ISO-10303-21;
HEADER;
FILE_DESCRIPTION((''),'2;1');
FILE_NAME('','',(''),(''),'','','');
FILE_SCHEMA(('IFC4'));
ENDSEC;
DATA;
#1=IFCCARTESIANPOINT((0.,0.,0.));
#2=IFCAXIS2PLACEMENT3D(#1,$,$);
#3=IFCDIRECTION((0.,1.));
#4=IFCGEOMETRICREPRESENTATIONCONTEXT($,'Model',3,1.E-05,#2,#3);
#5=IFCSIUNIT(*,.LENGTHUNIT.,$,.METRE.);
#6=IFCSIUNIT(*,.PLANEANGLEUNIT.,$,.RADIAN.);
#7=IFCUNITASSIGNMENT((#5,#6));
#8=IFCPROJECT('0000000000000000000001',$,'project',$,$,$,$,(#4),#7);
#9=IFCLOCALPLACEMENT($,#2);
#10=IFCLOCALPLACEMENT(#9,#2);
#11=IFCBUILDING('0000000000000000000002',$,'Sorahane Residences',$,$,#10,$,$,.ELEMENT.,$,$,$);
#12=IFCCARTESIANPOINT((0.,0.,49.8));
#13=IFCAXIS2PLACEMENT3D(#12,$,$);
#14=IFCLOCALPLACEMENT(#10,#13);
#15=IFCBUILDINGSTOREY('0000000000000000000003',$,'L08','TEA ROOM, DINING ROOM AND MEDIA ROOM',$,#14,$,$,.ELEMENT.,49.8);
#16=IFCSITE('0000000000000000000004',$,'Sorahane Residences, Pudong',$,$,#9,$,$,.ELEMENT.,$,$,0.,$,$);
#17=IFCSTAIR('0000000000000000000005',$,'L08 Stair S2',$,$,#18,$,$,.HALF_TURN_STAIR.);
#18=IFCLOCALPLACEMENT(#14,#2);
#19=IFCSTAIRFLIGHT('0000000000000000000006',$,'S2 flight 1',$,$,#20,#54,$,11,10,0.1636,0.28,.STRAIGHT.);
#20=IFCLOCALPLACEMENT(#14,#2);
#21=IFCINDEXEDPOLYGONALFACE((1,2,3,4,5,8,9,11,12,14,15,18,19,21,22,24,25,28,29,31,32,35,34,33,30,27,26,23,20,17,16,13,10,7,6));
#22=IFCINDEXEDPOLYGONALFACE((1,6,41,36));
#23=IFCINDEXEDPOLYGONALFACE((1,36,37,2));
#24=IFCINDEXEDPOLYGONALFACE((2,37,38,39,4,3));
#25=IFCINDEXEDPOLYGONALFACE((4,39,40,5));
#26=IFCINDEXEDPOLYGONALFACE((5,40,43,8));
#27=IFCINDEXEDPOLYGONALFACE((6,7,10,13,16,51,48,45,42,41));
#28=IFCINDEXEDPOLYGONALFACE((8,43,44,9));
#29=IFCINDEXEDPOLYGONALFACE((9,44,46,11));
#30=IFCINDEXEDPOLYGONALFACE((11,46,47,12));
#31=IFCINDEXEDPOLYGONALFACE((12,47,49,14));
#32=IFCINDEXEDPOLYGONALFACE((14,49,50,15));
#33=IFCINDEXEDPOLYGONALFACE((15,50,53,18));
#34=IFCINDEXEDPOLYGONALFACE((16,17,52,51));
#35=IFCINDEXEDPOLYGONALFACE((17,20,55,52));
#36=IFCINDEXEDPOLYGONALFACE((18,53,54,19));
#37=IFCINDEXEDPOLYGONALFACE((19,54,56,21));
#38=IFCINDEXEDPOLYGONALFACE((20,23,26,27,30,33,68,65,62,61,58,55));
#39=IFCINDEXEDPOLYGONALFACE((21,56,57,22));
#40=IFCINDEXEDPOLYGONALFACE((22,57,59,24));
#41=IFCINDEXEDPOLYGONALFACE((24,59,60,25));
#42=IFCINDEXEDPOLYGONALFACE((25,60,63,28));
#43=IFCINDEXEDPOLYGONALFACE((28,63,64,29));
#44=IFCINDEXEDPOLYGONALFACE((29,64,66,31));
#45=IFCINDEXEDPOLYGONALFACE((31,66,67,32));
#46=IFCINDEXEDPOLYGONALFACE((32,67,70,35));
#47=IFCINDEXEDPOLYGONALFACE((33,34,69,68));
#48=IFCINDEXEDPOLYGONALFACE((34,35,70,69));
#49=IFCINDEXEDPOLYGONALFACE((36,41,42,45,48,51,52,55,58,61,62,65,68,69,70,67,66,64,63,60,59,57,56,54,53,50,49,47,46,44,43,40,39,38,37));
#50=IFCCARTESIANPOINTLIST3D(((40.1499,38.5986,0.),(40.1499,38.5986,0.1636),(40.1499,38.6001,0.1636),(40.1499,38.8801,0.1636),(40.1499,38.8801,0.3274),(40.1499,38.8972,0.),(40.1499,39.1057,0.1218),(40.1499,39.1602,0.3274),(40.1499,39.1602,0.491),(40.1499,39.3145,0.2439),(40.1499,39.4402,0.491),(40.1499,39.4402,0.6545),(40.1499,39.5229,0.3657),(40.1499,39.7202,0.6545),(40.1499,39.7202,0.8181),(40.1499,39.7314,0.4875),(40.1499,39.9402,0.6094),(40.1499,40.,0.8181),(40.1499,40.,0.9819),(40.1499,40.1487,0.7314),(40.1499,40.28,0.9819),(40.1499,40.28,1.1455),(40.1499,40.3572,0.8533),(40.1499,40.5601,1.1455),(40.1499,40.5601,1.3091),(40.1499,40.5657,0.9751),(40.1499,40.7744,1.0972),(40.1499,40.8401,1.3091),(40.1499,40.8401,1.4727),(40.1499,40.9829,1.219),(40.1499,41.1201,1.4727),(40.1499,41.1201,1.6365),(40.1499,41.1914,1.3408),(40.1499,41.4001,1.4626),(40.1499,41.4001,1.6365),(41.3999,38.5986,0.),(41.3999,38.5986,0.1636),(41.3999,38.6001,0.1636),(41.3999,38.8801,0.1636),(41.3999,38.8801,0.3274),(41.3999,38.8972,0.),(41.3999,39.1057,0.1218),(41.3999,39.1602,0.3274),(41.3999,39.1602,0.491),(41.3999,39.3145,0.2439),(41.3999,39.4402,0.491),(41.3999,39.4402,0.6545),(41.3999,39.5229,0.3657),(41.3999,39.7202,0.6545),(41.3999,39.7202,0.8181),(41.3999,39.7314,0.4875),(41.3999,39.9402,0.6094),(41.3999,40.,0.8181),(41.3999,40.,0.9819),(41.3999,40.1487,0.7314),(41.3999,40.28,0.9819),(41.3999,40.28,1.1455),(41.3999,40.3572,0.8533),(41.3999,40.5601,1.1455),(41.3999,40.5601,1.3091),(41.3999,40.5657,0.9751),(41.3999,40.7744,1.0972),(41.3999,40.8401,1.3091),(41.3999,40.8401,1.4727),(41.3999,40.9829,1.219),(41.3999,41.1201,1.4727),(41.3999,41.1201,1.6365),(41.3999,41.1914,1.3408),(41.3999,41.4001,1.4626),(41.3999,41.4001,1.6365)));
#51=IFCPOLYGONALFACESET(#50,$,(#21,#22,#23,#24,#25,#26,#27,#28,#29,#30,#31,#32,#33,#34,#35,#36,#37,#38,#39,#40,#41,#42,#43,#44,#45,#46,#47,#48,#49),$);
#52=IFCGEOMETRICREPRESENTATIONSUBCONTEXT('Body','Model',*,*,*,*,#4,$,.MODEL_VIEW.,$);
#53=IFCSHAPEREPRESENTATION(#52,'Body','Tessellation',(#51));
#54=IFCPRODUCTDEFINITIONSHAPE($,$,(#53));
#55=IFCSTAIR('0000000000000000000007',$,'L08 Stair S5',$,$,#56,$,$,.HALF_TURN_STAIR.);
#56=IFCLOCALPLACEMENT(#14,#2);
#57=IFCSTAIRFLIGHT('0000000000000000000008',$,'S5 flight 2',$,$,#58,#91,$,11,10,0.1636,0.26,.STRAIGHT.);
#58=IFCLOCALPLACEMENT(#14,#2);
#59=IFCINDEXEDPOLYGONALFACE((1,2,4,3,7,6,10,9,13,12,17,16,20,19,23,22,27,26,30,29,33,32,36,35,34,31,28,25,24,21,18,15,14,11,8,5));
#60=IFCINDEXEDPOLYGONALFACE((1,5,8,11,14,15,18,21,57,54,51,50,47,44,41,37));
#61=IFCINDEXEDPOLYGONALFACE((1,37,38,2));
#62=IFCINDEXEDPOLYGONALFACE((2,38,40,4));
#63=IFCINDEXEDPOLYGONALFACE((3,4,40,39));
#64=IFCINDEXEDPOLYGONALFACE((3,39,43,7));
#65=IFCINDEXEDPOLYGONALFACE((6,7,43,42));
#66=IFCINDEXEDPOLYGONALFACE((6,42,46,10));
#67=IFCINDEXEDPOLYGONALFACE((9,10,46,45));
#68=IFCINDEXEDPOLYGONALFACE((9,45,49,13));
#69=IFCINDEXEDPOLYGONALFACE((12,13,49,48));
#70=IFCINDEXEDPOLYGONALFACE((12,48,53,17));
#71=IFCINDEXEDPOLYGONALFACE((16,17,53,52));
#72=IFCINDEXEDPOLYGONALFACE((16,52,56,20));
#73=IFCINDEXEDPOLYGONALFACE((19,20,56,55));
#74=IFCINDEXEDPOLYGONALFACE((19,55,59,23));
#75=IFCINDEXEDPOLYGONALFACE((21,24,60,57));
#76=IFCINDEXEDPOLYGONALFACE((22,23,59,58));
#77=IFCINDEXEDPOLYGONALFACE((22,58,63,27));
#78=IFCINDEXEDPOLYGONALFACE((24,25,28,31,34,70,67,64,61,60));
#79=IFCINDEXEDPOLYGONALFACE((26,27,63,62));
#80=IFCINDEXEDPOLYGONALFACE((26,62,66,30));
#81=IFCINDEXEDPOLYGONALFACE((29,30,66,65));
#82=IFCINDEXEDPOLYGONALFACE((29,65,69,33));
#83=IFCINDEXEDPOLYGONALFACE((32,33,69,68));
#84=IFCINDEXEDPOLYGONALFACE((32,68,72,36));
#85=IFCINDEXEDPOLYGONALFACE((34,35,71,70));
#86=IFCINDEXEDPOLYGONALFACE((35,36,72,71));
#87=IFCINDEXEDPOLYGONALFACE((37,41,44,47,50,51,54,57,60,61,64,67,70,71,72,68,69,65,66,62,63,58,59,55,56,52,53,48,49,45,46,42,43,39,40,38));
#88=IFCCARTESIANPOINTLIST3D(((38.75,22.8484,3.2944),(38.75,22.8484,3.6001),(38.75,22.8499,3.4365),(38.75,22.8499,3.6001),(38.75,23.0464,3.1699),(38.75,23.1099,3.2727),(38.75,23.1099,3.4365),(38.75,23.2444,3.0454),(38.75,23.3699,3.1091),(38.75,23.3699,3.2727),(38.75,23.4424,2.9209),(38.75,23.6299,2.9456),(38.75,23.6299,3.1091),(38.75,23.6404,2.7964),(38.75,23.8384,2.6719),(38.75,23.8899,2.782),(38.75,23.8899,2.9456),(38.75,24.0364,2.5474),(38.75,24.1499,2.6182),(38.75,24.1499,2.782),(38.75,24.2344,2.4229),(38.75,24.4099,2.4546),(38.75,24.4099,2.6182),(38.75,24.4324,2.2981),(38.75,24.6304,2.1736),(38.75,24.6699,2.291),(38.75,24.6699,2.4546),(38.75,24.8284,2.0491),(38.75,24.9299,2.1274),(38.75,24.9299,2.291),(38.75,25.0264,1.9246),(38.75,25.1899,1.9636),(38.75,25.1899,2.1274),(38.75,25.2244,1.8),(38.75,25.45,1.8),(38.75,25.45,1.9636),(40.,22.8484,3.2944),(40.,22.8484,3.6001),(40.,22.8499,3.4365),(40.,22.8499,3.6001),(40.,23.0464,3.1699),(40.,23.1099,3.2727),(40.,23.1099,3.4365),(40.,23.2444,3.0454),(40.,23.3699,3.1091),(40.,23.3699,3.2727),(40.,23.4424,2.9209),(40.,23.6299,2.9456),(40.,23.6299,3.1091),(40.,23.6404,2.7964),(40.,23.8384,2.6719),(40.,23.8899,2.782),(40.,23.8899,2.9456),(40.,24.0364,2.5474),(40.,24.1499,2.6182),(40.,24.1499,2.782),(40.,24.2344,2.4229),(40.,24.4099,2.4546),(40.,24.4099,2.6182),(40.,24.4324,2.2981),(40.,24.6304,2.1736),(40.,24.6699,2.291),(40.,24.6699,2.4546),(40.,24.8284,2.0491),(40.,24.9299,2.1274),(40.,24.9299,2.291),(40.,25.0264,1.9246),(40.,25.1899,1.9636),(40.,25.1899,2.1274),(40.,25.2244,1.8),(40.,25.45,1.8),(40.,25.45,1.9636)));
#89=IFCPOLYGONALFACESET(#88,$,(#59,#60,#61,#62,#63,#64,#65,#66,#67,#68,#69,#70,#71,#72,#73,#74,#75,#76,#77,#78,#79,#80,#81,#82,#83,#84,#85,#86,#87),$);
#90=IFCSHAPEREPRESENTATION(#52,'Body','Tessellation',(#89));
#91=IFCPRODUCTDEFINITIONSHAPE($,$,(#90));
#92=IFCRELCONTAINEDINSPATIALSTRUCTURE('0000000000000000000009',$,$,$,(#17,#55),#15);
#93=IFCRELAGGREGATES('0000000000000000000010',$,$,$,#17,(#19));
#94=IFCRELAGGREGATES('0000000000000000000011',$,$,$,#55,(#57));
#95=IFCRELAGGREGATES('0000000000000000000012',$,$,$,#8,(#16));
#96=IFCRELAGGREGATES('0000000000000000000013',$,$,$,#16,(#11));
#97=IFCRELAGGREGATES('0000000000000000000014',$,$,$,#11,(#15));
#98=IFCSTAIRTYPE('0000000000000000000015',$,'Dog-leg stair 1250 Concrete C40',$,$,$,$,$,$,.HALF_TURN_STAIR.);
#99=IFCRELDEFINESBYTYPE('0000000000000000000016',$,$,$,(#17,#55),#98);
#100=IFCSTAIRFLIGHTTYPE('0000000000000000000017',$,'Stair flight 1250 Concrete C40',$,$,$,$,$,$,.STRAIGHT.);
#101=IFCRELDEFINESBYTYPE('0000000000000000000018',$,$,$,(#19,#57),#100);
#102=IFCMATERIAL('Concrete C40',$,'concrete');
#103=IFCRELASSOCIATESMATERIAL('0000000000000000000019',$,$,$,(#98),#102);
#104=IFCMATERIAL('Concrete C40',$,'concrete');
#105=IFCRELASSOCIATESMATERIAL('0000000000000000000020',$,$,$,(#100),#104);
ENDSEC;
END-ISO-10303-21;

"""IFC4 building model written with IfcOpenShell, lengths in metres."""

from ifc_helpers import new_model, si_unit, direction, frame, origin, place, context, subcontext, project, spatial, polyline, outline, extrude, material, type_object, element, aggregate, save


model = new_model("IFC4")

# Units and contexts
model_context = context("Model", 3, precision=1e-05, world=origin(), true_north=direction((0.0, 1.0)))
body_context = subcontext(model_context, "Body", "Model", "MODEL_VIEW")
ifc_project = project(units=[si_unit("LENGTHUNIT", "METRE"), si_unit("PLANEANGLEUNIT", "RADIAN")], contexts=[model_context])

# Site, building, storey
site_placement = place(None, origin())
site = spatial("IfcSite", under=ifc_project, at=site_placement, Name="Sorahane Residences, Pudong", CompositionType="ELEMENT", RefElevation=0.0)
building_placement = place(site_placement, origin())
building = spatial("IfcBuilding", under=site, at=building_placement, Name="Sorahane Residences", CompositionType="ELEMENT")
storey_placement = place(building_placement, frame((0.0, 0.0, 49.8)))
storey = spatial("IfcBuildingStorey", under=building, at=storey_placement, Name="L08", Description="TEA ROOM, DINING ROOM AND MEDIA ROOM", CompositionType="ELEMENT", Elevation=49.8)

# Stairs, stair flights
ifc_material_1 = material(Name="Concrete C40", Category="concrete")
stair_type = type_object("IfcStairType", Name="Dog-leg stair 1250 Concrete C40", PredefinedType="HALF_TURN_STAIR", material=ifc_material_1)
stair_1_placement = place(storey_placement, origin())
stair_1 = element("IfcStair", 1, at=stair_1_placement, inside=storey, type_object=stair_type, Name="L08 Stair S2", PredefinedType="HALF_TURN_STAIR")
ifc_material_2 = material(Name="Concrete C40", Category="concrete")
stair_flight_type = type_object("IfcStairFlightType", Name="Stair flight 1250 Concrete C40", PredefinedType="STRAIGHT", material=ifc_material_2)
stair_flight_1_placement = place(storey_placement, frame((40.7749, 38.6001, 0.0), z_axis=(0.0, 0.0, 1.0), x_axis=(0.0, 1.0, 0.0)))
stair_flight_1 = element("IfcStairFlight", 2, at=stair_flight_1_placement, type_object=stair_flight_type, Name="S2 flight 1", NumberOfRisers=11, NumberOfTreads=10, PredefinedType="STRAIGHT", RiserHeight=0.1636, TreadLength=0.28, context=body_context, shape_type="SweptSolid", body=[
    extrude(outline(polyline([(-0.0015, 0.0), (-0.0015, 0.1636), (0.0, 0.1636), (0.28, 0.1636), (0.28, 0.3274), (0.5601, 0.3274), (0.5601, 0.491), (0.8401, 0.491), (0.8401, 0.6545), (1.1201, 0.6545), (1.1201, 0.8181), (1.3999, 0.8181), (1.3999, 0.9819), (1.6799, 0.9819), (1.6799, 1.1455), (1.96, 1.1455), (1.96, 1.3091), (2.24, 1.3091), (2.24, 1.4727), (2.52, 1.4727), (2.52, 1.6365), (2.8, 1.6365), (2.8, 1.8), (2.8, 1.4626), (2.5913, 1.3408), (2.3828, 1.219), (2.1743, 1.0972), (1.9656, 0.9751), (1.7571, 0.8533), (1.5486, 0.7314), (1.3401, 0.6094), (1.1313, 0.4875), (0.9229, 0.3657), (0.7144, 0.2439), (0.5056, 0.1218), (0.2971, 0.0), (-0.0015, 0.0)])), frame((0.0, 0.625, 0.0), z_axis=(0.0, -1.0, 0.0), x_axis=(1.0, 0.0, 0.0)), (0.0, 0.0, 1.0), 1.25),
])
aggregate(stair_1, [stair_flight_1])
stair_2_placement = place(storey_placement, origin())
stair_2 = element("IfcStair", 3, at=stair_2_placement, inside=storey, type_object=stair_type, Name="L08 Stair S5", PredefinedType="HALF_TURN_STAIR")
stair_flight_2_placement = place(storey_placement, frame((39.375, 25.45, 1.8), z_axis=(0.0, 0.0, 1.0), x_axis=(0.0, -1.0, 0.0)))
stair_flight_2 = element("IfcStairFlight", 4, at=stair_flight_2_placement, type_object=stair_flight_type, Name="S5 flight 2", NumberOfRisers=11, NumberOfTreads=10, PredefinedType="STRAIGHT", RiserHeight=0.1636, TreadLength=0.26, context=body_context, shape_type="SweptSolid", body=[
    extrude(outline(polyline([(0.0, 0.0), (0.0, 0.1636), (0.26, 0.1636), (0.26, 0.3274), (0.52, 0.3274), (0.52, 0.491), (0.78, 0.491), (0.78, 0.6545), (1.04, 0.6545), (1.04, 0.8181), (1.3, 0.8181), (1.3, 0.9819), (1.5601, 0.9819), (1.5601, 1.1455), (1.8201, 1.1455), (1.8201, 1.3091), (2.0801, 1.3091), (2.0801, 1.4727), (2.3401, 1.4727), (2.3401, 1.6365), (2.6001, 1.6365), (2.6001, 1.8), (2.6016, 1.8), (2.6016, 1.4944), (2.4036, 1.3699), (2.2056, 1.2454), (2.0076, 1.1208), (1.8096, 0.9963), (1.6116, 0.8718), (1.4136, 0.7473), (1.2156, 0.6228), (1.0176, 0.498), (0.8196, 0.3735), (0.6216, 0.249), (0.4236, 0.1245), (0.2256, 0.0), (0.0, 0.0)])), frame((0.0, 0.625, 0.0), z_axis=(0.0, -1.0, 0.0), x_axis=(1.0, 0.0, 0.0)), (0.0, 0.0, 1.0), 1.25),
])
aggregate(stair_2, [stair_flight_2])

save(model, "model.ifc")
